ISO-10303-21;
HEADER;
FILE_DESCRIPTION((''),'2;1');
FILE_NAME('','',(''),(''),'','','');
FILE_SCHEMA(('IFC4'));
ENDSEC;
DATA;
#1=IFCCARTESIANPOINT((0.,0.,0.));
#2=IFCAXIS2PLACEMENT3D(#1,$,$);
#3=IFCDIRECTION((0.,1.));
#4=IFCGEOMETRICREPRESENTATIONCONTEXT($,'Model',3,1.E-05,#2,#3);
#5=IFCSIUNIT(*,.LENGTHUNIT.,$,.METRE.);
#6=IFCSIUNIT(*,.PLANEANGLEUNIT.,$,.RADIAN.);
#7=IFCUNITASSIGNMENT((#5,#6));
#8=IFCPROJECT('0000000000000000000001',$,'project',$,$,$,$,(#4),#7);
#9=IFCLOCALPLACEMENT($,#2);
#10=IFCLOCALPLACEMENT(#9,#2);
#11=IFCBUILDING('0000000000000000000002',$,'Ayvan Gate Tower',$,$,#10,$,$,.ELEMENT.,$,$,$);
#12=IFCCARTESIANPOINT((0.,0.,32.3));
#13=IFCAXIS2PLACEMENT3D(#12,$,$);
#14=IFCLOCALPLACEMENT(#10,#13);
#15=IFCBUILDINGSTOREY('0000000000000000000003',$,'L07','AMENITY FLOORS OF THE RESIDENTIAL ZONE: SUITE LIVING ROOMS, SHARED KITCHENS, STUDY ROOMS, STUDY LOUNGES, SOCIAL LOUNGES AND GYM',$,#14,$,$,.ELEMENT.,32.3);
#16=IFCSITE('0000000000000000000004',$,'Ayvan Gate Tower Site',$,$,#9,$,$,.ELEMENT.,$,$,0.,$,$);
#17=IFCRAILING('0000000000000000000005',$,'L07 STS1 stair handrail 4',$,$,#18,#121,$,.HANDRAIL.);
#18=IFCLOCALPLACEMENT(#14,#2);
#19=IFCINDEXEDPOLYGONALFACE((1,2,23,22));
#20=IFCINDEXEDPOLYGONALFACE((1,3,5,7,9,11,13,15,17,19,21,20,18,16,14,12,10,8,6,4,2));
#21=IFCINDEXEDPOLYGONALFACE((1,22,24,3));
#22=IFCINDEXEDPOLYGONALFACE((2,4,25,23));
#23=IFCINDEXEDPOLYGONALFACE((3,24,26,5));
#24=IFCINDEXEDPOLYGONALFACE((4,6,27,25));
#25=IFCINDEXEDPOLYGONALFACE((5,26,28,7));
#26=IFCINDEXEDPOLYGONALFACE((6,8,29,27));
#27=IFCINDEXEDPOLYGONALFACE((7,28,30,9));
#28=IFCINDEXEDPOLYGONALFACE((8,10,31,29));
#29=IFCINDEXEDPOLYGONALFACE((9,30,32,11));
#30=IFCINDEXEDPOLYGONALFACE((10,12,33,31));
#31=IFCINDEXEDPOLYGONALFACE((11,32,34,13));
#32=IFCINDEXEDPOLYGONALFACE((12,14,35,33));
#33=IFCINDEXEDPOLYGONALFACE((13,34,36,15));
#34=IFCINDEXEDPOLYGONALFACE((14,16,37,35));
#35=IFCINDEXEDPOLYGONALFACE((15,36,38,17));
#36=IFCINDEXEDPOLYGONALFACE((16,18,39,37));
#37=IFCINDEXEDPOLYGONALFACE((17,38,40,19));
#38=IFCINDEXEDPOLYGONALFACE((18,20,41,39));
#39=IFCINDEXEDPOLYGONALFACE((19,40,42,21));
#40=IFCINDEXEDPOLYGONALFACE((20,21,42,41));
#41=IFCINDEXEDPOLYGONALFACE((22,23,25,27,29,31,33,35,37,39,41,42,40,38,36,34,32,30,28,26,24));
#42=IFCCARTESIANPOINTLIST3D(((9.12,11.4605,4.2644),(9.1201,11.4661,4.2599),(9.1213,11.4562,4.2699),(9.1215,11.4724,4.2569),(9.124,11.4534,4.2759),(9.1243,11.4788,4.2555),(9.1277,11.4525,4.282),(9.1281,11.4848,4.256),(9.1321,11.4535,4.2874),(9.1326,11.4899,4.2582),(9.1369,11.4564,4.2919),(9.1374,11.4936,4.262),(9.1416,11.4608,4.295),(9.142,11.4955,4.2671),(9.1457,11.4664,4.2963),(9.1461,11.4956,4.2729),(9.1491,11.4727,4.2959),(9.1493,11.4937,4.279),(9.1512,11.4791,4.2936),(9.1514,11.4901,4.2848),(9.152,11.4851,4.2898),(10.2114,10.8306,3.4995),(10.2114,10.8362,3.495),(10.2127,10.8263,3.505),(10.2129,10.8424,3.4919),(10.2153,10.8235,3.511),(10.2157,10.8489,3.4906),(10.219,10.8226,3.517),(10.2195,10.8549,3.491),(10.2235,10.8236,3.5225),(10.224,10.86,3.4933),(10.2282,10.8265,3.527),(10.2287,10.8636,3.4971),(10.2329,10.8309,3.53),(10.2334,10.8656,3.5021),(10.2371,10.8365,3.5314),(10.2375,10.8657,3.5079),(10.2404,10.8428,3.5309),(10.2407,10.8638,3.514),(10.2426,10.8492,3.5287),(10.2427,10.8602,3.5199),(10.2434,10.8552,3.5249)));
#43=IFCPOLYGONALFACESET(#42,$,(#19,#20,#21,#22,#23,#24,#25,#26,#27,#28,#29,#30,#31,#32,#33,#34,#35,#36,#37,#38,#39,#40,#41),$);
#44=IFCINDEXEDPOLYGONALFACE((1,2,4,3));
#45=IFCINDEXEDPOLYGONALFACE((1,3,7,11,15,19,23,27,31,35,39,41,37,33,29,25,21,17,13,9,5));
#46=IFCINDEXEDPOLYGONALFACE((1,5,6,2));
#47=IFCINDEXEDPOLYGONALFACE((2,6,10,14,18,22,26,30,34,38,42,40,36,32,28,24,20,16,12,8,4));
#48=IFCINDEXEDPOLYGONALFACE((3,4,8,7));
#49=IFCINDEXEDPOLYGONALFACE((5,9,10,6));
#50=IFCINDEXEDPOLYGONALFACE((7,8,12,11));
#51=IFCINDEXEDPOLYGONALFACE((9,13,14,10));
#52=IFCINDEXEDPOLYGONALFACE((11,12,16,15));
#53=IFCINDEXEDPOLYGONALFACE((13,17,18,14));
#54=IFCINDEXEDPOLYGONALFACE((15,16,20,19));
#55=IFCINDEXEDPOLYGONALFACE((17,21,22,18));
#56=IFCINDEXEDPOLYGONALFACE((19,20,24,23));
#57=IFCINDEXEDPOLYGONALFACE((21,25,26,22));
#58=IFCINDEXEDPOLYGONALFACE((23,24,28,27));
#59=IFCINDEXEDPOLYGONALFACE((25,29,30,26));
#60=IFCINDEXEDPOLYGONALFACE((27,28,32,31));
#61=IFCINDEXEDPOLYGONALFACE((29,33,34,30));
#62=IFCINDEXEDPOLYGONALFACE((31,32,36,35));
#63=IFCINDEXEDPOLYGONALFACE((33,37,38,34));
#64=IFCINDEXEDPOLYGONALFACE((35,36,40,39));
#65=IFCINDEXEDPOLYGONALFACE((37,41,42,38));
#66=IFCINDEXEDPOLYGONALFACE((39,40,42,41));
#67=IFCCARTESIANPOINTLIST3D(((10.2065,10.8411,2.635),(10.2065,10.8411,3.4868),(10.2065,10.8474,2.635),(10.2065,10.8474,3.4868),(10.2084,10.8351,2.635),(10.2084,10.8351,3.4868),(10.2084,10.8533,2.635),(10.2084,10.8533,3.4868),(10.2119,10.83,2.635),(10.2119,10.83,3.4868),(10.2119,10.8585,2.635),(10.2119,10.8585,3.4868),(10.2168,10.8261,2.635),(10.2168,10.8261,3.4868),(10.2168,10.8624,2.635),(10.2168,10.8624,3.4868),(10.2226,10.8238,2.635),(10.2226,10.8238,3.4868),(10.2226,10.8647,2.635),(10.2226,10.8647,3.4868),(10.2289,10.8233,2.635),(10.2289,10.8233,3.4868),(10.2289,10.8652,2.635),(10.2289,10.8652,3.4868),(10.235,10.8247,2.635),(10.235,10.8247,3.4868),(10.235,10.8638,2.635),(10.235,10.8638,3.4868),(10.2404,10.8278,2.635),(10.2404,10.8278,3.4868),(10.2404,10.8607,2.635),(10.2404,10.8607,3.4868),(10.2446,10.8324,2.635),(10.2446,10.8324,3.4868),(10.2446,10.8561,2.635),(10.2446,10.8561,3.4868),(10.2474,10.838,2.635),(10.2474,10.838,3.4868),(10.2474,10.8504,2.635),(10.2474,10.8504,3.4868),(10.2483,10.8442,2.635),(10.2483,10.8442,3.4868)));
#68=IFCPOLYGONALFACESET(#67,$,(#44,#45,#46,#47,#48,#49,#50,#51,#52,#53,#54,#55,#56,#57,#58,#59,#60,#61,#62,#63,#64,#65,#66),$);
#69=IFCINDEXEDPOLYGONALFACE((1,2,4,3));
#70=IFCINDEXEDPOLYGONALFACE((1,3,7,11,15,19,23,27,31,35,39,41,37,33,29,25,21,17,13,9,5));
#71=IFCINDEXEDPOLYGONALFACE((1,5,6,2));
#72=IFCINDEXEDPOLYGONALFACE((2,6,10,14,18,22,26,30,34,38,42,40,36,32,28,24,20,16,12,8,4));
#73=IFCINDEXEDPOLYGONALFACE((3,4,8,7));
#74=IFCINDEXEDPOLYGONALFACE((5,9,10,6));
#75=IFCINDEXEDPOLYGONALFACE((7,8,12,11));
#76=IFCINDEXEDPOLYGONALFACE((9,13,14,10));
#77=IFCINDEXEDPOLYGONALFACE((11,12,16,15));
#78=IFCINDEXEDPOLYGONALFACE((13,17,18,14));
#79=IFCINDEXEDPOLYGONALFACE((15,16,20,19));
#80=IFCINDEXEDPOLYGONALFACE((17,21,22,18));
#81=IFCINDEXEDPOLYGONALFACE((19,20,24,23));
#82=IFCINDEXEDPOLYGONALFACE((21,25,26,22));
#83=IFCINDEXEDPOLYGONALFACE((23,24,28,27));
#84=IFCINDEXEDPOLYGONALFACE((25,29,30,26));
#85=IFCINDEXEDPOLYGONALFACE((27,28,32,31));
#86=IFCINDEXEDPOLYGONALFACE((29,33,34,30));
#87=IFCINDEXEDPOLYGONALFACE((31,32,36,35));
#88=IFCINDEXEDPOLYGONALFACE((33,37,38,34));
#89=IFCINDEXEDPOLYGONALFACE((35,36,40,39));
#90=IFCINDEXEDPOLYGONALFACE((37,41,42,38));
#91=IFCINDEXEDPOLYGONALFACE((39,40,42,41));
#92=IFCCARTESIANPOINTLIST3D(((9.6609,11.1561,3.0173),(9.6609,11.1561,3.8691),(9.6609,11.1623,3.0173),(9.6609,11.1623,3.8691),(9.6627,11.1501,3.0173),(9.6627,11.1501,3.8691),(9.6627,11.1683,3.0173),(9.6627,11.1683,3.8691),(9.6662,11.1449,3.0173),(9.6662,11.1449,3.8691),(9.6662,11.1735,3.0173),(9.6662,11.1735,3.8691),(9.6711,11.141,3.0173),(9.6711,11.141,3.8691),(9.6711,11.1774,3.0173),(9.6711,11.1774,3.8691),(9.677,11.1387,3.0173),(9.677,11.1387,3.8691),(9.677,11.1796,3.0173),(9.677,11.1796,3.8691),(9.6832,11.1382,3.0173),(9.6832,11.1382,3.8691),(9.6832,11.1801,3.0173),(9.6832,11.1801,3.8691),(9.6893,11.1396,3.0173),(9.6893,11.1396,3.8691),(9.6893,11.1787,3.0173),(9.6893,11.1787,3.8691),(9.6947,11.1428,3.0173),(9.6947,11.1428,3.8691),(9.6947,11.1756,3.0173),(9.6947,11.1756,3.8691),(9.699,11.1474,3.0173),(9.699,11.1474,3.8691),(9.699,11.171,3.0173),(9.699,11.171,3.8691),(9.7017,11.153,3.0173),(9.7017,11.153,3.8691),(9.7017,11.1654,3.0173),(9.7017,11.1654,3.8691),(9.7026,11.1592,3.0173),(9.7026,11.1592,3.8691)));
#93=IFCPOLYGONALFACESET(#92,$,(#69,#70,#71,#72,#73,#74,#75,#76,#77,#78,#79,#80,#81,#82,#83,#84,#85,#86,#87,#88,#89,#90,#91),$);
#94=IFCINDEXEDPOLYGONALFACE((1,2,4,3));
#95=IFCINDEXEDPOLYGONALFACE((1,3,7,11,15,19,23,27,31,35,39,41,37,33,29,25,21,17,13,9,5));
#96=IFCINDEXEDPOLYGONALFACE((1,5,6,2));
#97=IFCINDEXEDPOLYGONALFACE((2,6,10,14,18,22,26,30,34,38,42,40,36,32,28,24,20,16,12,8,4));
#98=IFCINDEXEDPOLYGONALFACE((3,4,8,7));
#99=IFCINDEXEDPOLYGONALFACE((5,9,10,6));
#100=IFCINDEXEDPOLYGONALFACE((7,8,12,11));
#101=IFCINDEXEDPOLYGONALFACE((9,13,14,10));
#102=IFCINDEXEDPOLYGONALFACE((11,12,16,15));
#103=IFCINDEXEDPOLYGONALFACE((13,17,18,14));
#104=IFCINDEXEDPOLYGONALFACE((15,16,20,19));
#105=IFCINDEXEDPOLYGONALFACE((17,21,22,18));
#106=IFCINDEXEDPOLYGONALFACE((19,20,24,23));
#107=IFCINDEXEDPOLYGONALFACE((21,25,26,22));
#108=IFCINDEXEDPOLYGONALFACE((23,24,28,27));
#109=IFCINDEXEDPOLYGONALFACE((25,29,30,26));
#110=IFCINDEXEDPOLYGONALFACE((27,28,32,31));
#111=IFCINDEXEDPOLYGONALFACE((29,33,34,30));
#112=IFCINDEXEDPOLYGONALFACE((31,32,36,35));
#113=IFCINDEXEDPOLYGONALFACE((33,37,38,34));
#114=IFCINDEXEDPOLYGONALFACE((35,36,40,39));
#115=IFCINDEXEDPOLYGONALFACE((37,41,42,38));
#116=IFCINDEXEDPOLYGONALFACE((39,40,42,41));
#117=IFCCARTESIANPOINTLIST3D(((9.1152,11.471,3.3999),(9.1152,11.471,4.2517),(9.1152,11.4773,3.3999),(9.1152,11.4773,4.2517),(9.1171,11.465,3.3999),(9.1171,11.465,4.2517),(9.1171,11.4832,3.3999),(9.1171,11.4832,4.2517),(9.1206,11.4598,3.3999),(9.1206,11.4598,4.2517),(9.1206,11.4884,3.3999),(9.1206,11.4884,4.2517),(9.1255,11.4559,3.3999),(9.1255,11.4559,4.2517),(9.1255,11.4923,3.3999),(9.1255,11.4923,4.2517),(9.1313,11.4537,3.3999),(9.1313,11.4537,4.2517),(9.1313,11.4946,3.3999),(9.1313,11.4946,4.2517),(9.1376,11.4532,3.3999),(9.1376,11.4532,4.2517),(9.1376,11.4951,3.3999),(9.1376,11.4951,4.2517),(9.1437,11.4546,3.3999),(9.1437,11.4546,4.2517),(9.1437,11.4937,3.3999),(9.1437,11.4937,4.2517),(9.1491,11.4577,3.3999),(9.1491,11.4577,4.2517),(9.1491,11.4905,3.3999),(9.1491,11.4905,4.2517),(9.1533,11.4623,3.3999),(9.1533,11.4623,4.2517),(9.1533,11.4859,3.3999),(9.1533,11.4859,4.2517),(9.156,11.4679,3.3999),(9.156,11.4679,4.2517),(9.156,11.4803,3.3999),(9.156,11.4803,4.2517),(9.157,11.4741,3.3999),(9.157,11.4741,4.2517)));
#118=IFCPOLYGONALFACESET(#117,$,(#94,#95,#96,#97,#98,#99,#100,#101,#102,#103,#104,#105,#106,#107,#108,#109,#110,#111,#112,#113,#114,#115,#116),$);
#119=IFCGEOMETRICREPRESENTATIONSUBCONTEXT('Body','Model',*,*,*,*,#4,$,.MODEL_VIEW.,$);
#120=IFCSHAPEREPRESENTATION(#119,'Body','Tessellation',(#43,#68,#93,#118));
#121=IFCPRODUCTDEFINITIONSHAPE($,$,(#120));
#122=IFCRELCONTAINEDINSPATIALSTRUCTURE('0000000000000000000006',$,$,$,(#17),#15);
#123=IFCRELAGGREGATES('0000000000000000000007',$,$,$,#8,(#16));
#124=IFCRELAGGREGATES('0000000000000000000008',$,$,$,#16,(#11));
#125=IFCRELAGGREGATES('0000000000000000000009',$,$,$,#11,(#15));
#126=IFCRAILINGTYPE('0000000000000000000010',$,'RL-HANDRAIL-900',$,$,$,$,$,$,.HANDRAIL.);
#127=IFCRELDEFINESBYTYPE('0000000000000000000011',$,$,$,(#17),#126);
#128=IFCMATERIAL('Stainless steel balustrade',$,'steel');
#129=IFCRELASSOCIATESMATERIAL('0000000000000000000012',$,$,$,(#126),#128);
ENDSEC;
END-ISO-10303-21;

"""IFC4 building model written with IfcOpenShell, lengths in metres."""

from ifc_helpers import new_model, si_unit, direction, frame, origin, origin_2d, place, context, subcontext, project, spatial, circle, extrude, material, type_object, element, save


model = new_model("IFC4")

# Units and contexts
model_context = context("Model", 3, precision=1e-05, world=origin(), true_north=direction((0.0, 1.0)))
body_context = subcontext(model_context, "Body", "Model", "MODEL_VIEW")
ifc_project = project(units=[si_unit("LENGTHUNIT", "METRE"), si_unit("PLANEANGLEUNIT", "RADIAN")], contexts=[model_context])

# Site, building, storey
site_placement = place(None, origin())
site = spatial("IfcSite", under=ifc_project, at=site_placement, Name="Ayvan Gate Tower Site", CompositionType="ELEMENT", RefElevation=0.0)
building_placement = place(site_placement, origin())
building = spatial("IfcBuilding", under=site, at=building_placement, Name="Ayvan Gate Tower", CompositionType="ELEMENT")
storey_placement = place(building_placement, frame((0.0, 0.0, 32.3)))
storey = spatial("IfcBuildingStorey", under=building, at=storey_placement, Name="L07", Description="AMENITY FLOORS OF THE RESIDENTIAL ZONE: SUITE LIVING ROOMS, SHARED KITCHENS, STUDY ROOMS, STUDY LOUNGES, SOCIAL LOUNGES AND GYM", CompositionType="ELEMENT", Elevation=32.3)

# Railing
ifc_material_1 = material(Name="Stainless steel balustrade", Category="steel")
railing_type_1 = type_object("IfcRailingType", Name="RL-HANDRAIL-900", PredefinedType="HANDRAIL", material=ifc_material_1)
railing_1_placement = place(storey_placement, frame((10.2273, 10.8442, 2.635)))
element("IfcRailing", 1, at=railing_1_placement, inside=storey, type_object=railing_type_1, Name="L07 STS1 stair handrail 4", PredefinedType="HANDRAIL", context=body_context, shape_type="SweptSolid", body=[
    extrude(circle(Radius=0.0239, at=origin_2d()), frame((0.0, 0.0, 0.876), z_axis=(-0.740357, 0.42732, 0.518912), x_axis=(-0.49989, -0.866089, 0.0)), (0.0, 0.0, 1.0), 1.4741),
    extrude(circle(Radius=0.021, at=origin_2d()), origin(), (0.0, 0.0, 1.0), 0.8518),
    extrude(circle(Radius=0.021, at=origin_2d()), frame((-0.5457, 0.3149, 0.3823)), (0.0, 0.0, 1.0), 0.8518),
    extrude(circle(Radius=0.021, at=origin_2d()), frame((-1.0913, 0.6299, 0.7649)), (0.0, 0.0, 1.0), 0.8518),
])

save(model, "model.ifc")
